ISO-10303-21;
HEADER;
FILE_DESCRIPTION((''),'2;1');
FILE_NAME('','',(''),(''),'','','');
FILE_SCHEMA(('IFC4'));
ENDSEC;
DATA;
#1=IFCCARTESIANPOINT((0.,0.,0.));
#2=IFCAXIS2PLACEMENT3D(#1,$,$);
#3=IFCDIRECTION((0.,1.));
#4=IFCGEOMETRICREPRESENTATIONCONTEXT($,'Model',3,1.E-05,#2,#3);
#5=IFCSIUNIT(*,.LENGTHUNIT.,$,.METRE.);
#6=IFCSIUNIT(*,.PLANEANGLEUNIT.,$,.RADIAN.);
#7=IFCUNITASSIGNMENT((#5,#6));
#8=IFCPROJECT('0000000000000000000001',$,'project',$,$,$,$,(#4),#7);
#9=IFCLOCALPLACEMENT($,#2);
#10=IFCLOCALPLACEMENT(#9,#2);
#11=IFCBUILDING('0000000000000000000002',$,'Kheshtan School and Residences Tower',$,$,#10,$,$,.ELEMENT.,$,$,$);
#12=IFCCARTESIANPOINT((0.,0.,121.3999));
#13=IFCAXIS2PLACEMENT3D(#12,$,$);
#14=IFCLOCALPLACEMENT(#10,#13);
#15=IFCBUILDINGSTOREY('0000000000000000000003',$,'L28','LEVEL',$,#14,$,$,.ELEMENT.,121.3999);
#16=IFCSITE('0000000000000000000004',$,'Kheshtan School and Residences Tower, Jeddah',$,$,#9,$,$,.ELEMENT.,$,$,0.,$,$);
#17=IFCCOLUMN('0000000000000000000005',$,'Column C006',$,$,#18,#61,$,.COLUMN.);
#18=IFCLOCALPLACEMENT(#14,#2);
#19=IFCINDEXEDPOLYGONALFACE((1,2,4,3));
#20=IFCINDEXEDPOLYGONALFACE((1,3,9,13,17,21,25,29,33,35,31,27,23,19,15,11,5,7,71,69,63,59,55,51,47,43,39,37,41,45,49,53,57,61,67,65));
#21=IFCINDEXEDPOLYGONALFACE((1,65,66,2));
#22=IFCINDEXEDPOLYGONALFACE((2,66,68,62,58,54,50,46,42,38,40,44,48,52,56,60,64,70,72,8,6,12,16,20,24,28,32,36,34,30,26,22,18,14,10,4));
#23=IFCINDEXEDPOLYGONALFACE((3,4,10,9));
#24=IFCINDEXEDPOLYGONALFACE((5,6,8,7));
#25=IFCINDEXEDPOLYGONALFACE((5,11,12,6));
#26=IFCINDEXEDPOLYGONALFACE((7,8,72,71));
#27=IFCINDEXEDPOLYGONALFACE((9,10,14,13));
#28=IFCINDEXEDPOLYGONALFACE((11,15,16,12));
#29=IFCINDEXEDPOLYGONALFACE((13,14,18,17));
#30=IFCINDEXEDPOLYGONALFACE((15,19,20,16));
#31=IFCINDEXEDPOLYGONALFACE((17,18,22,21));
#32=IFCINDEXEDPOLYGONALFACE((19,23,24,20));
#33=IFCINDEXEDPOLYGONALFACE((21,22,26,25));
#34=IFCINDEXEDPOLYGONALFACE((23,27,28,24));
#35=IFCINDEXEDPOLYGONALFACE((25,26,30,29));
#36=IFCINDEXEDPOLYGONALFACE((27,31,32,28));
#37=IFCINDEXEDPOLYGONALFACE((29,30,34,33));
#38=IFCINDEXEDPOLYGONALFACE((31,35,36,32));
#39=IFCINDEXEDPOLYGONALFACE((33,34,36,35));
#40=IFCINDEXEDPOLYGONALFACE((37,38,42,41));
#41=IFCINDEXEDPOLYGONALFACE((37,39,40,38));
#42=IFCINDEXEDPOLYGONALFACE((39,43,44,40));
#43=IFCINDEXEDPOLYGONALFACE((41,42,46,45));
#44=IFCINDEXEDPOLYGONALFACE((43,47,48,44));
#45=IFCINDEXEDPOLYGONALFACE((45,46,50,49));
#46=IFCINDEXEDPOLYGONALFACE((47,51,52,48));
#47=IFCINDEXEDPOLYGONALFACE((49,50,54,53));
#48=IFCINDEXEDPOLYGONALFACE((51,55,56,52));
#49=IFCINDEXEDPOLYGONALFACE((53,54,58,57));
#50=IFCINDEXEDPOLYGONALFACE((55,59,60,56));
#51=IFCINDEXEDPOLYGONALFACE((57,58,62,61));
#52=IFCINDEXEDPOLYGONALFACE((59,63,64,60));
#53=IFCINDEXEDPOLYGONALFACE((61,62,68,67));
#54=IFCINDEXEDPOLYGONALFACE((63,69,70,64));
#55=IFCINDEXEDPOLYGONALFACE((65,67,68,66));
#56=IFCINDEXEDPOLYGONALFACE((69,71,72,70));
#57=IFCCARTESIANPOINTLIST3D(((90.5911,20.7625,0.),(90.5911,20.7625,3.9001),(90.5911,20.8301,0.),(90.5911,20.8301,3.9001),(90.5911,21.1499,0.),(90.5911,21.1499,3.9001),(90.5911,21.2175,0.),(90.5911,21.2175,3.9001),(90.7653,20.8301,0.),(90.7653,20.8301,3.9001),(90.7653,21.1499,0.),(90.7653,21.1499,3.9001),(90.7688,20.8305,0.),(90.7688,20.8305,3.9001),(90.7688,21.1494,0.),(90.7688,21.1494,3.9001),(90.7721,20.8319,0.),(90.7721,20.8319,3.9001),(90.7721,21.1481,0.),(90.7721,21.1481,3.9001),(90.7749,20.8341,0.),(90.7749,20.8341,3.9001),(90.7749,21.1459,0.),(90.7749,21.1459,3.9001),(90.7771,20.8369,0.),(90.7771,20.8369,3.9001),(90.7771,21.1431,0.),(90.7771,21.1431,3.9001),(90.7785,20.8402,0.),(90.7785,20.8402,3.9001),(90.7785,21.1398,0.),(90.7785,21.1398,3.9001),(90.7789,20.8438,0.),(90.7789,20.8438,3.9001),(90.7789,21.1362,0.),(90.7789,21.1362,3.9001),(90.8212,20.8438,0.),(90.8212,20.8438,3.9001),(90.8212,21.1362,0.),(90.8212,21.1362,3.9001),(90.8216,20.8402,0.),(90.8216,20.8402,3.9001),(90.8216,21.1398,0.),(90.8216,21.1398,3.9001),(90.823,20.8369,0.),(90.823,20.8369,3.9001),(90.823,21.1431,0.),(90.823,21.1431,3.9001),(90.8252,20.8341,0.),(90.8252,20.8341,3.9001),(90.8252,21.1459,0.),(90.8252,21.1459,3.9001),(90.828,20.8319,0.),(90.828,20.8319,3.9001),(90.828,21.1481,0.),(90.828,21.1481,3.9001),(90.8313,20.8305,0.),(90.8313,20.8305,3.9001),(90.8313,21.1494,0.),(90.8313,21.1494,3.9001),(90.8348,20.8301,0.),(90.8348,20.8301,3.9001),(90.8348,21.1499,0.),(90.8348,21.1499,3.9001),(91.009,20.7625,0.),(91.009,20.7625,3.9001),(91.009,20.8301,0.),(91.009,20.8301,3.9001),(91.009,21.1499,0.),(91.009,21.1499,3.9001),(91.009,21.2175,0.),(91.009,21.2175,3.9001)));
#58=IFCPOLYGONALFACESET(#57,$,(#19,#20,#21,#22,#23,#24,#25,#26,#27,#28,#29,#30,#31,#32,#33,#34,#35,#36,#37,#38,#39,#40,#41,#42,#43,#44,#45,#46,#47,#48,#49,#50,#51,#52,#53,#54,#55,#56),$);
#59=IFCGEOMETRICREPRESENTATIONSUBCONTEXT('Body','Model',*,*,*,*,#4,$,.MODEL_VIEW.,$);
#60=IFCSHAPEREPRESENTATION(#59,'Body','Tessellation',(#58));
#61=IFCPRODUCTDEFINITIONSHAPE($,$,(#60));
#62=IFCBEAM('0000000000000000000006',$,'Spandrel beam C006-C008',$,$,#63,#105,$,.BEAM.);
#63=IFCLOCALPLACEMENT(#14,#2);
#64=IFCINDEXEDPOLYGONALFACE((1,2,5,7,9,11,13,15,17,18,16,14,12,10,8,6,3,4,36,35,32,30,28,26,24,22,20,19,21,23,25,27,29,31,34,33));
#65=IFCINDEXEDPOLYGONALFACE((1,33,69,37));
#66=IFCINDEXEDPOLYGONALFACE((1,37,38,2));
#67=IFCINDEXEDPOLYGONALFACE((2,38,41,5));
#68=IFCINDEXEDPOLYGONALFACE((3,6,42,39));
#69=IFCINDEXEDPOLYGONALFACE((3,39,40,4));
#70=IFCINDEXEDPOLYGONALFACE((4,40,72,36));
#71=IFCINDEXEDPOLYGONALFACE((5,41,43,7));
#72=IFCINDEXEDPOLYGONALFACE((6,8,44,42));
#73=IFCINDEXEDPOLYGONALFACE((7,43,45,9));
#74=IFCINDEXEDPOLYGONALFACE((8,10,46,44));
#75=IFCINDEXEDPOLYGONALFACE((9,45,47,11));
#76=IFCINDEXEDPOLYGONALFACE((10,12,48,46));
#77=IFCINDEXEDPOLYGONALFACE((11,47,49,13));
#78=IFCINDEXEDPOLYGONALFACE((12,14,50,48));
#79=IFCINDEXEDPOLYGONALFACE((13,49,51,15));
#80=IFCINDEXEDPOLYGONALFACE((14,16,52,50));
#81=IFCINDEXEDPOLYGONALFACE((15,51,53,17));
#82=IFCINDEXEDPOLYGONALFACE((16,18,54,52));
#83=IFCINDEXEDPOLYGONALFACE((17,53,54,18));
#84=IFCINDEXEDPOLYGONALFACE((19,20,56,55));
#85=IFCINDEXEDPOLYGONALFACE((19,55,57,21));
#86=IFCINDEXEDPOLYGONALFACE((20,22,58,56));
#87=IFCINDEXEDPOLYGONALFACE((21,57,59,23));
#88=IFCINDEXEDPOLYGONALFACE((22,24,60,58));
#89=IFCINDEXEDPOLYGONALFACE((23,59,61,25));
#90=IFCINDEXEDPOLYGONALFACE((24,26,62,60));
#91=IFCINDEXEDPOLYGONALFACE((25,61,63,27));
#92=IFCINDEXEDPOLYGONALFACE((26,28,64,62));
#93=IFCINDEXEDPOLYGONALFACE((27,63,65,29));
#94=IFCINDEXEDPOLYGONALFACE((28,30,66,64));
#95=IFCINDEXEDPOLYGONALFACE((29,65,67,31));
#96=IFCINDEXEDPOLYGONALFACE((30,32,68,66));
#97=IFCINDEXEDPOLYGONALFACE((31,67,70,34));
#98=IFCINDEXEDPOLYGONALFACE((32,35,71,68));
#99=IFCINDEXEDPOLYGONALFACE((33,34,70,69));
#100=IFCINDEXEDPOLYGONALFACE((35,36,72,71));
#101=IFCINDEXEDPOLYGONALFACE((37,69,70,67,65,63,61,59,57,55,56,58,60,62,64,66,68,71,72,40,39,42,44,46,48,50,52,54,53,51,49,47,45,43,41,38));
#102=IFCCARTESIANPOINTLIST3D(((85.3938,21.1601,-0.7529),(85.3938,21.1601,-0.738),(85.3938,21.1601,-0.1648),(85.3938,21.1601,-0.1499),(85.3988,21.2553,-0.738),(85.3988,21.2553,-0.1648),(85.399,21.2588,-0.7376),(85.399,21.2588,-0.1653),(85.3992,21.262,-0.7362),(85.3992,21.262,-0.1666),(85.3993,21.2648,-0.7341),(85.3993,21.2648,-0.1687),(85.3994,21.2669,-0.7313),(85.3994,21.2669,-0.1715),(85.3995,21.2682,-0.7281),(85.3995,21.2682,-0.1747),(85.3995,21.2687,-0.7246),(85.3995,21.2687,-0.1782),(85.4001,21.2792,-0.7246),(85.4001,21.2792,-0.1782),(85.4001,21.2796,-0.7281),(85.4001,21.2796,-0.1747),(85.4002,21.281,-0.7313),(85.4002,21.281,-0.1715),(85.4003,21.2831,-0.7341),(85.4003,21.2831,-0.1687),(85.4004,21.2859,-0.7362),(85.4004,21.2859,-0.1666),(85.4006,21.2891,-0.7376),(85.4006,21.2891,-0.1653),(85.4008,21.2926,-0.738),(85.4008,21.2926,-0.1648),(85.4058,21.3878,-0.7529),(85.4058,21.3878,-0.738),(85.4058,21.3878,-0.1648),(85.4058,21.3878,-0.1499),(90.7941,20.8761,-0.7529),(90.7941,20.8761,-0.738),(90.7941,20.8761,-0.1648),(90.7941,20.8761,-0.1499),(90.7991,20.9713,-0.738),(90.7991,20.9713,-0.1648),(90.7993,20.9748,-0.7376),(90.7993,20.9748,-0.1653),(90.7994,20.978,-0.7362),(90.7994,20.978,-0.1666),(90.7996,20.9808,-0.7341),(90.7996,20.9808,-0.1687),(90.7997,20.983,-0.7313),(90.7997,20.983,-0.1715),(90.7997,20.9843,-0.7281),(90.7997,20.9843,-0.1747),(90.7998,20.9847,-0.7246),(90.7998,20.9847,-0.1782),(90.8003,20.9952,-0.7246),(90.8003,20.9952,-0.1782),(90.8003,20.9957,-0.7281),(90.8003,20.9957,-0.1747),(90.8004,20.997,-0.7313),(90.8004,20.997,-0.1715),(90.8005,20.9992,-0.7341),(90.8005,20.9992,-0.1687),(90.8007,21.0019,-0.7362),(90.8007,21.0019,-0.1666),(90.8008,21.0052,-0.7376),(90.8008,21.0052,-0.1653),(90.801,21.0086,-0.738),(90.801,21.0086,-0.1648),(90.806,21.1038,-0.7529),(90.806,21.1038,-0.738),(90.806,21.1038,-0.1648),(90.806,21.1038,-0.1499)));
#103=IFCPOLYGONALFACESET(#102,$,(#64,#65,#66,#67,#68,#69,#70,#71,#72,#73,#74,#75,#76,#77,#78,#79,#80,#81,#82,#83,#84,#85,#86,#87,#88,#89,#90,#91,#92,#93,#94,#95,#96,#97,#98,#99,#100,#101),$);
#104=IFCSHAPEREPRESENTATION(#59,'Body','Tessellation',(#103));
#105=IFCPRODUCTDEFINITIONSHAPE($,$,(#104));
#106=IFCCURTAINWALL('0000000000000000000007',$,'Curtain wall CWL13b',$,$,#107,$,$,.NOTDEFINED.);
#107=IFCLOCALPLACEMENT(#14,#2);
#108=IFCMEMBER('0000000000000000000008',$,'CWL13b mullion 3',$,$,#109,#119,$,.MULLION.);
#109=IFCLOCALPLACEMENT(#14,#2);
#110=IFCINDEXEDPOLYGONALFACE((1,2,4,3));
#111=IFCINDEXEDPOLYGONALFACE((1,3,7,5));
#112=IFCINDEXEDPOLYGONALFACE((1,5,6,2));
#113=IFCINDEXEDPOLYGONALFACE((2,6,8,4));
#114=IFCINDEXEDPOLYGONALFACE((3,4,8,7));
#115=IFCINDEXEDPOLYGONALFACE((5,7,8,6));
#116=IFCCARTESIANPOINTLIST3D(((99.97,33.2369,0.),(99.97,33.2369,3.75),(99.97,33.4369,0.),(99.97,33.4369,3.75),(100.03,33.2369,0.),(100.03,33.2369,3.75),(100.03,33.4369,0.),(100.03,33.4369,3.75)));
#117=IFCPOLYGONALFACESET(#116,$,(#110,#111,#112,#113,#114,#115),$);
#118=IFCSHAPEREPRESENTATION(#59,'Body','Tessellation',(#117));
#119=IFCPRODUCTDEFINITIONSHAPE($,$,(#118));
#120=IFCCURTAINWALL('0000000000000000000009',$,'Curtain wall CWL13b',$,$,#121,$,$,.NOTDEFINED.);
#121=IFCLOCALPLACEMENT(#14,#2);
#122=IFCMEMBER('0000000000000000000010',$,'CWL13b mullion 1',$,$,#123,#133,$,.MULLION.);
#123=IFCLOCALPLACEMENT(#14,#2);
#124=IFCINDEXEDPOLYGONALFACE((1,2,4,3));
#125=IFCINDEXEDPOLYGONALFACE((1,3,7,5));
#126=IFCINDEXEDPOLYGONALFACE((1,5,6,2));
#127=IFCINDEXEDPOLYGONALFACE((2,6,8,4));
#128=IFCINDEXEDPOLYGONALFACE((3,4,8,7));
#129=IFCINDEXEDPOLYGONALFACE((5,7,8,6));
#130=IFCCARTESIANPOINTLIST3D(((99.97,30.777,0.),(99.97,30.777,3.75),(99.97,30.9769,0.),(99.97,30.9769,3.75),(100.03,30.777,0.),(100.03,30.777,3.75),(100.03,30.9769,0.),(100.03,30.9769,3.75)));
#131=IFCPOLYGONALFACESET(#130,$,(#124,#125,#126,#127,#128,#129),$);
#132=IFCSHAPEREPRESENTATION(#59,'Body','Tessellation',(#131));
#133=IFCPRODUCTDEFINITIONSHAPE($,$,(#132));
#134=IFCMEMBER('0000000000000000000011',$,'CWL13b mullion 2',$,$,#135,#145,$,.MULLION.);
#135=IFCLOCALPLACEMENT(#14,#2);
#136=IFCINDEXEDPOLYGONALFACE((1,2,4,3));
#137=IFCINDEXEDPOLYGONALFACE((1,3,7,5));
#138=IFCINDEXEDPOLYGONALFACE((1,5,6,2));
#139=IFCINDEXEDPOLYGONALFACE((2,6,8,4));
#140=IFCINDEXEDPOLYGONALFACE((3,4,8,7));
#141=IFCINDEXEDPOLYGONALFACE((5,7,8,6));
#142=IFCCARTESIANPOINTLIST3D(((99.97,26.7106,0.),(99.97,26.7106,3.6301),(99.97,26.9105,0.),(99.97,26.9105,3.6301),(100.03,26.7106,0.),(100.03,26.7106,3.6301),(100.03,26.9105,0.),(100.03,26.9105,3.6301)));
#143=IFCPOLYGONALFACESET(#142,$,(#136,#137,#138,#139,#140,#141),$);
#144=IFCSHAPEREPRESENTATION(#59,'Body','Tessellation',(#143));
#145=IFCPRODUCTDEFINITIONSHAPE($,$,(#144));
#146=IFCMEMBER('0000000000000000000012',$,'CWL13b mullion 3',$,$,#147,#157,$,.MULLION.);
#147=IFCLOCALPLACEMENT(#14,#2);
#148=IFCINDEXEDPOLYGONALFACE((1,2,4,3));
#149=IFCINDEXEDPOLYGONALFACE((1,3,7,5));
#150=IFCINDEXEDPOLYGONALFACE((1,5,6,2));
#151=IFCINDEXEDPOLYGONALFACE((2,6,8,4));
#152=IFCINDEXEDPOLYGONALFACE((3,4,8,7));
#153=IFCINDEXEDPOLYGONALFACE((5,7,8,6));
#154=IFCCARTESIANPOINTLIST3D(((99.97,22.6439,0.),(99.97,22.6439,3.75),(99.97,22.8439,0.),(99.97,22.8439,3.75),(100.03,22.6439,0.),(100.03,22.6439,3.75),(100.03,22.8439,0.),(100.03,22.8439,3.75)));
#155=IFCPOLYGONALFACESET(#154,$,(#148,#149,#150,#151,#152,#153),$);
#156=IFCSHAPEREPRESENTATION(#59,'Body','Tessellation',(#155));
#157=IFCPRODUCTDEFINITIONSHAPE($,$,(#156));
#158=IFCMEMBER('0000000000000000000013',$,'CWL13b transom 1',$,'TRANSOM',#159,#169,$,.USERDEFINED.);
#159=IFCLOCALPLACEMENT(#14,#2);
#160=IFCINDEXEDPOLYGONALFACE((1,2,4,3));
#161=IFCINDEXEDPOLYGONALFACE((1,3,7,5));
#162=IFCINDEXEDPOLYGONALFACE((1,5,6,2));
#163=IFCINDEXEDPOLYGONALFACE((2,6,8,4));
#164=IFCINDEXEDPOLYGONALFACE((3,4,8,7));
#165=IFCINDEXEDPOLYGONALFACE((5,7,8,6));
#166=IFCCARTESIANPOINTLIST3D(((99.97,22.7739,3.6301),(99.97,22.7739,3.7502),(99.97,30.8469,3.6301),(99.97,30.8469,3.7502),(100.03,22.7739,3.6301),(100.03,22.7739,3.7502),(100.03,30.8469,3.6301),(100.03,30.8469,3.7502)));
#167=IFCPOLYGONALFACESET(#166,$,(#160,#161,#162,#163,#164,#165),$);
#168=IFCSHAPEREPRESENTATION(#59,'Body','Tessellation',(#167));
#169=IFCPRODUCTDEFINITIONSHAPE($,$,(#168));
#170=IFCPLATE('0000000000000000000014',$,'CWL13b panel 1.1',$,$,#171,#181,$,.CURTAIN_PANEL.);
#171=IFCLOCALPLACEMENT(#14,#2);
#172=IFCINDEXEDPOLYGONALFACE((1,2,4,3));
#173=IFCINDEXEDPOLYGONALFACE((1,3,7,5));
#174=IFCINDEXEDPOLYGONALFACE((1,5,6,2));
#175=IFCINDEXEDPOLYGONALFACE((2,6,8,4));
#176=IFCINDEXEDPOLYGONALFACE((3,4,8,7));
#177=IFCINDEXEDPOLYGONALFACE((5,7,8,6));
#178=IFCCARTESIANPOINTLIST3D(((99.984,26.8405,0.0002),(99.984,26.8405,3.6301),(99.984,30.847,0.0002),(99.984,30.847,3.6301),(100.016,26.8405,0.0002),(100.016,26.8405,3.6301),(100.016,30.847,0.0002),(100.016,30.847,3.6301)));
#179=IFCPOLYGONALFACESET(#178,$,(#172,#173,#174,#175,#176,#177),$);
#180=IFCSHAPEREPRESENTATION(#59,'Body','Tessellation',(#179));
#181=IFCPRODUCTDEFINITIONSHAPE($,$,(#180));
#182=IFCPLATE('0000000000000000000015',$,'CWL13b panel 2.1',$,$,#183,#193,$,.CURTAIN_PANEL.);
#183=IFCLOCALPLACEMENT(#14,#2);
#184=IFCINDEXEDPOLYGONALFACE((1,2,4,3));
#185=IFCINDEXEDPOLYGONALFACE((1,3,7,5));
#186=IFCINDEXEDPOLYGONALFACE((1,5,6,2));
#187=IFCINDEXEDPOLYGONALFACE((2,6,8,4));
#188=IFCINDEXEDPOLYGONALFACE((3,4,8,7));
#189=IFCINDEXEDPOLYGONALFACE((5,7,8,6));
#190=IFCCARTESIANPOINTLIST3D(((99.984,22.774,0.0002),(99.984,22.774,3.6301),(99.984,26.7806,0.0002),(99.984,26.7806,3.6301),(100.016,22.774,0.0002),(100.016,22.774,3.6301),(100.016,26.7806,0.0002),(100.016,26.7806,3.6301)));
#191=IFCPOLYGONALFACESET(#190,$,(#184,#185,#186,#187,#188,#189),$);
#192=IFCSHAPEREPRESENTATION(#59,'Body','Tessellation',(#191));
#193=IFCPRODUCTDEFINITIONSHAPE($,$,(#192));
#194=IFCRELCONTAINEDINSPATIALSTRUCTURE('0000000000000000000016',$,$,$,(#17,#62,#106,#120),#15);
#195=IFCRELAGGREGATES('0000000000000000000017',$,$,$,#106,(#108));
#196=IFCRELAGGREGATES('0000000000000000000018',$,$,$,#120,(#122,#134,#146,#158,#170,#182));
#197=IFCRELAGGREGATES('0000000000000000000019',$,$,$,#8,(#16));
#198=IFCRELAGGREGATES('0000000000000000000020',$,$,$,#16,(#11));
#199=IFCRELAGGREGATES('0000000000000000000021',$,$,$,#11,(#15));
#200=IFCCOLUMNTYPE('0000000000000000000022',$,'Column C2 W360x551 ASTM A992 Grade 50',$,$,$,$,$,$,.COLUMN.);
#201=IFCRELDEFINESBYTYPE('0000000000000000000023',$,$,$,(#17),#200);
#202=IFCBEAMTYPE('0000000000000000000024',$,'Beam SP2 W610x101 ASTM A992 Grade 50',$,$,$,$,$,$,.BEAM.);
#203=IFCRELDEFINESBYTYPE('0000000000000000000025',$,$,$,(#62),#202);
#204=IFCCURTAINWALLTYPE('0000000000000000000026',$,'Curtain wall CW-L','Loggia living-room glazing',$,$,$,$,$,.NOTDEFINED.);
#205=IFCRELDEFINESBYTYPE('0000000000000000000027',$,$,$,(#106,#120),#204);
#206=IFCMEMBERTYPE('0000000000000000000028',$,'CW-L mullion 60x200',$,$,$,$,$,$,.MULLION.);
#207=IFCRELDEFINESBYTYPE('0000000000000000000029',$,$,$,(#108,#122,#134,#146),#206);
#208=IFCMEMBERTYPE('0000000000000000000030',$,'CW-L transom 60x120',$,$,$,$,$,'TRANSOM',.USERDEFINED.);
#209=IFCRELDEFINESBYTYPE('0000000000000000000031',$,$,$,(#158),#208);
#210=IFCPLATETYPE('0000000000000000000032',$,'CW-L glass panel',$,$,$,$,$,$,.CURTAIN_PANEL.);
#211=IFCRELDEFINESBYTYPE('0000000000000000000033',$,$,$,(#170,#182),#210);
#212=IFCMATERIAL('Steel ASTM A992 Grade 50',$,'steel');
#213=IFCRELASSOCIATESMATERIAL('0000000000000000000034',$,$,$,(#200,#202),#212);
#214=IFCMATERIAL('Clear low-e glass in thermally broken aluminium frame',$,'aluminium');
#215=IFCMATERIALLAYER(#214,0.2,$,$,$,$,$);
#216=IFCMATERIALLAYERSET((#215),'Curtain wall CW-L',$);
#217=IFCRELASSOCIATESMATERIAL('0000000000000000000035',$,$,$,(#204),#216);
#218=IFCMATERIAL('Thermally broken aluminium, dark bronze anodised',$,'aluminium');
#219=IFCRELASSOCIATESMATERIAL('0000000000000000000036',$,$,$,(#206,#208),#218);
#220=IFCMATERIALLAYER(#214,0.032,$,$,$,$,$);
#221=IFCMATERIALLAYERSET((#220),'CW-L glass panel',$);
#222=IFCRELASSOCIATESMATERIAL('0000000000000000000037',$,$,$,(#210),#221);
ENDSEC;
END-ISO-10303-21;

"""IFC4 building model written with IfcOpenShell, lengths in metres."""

from ifc_helpers import new_model, si_unit, direction, frame, origin, origin_2d, place, context, subcontext, project, spatial, rectangle, i_section, extrude, material, layer, layer_set, material_profile, profile_set, type_object, element, aggregate, save


model = new_model("IFC4")

# Units and contexts
model_context = context("Model", 3, precision=1e-05, world=origin(), true_north=direction((0.0, 1.0)))
body_context = subcontext(model_context, "Body", "Model", "MODEL_VIEW")
ifc_project = project(units=[si_unit("LENGTHUNIT", "METRE"), si_unit("PLANEANGLEUNIT", "RADIAN")], contexts=[model_context])

# Site, building, storey
site_placement = place(None, origin())
site = spatial("IfcSite", under=ifc_project, at=site_placement, Name="Kheshtan School and Residences Tower, Jeddah", CompositionType="ELEMENT", RefElevation=0.0)
building_placement = place(site_placement, origin())
building = spatial("IfcBuilding", under=site, at=building_placement, Name="Kheshtan School and Residences Tower", CompositionType="ELEMENT")
storey_placement = place(building_placement, frame((0.0, 0.0, 121.3999)))
storey = spatial("IfcBuildingStorey", under=building, at=storey_placement, Name="L28", Description="LEVEL", CompositionType="ELEMENT", Elevation=121.3999)

# Column
ifc_material_1 = material(Name="Steel ASTM A992 Grade 50", Category="steel")
ifc_material_profile_1 = material_profile(ifc_material_1, i_section(OverallWidth=0.418, OverallDepth=0.4551, WebThickness=0.0422, FlangeThickness=0.0676, FilletRadius=0.0137, at=origin_2d()), Name="W360x551")
ifc_profile_set_1 = profile_set([ifc_material_profile_1], Name="Steel ASTM A992 Grade 50")
column_type = type_object("IfcColumnType", Name="Column C2 W360x551 ASTM A992 Grade 50", PredefinedType="COLUMN", material=ifc_profile_set_1)
column_placement = place(storey_placement, frame((90.8, 20.99, 0.0), z_axis=(0.0, 0.0, 1.0), x_axis=(1.0, 0.0, 0.0)))
element("IfcColumn", 1, at=column_placement, inside=storey, type_object=column_type, Name="Column C006", PredefinedType="COLUMN", context=body_context, shape_type="SweptSolid", body=[
    extrude(i_section(OverallWidth=0.418, OverallDepth=0.4551, WebThickness=0.0422, FlangeThickness=0.0676, FilletRadius=0.0137, at=origin_2d()), origin(), (0.0, 0.0, 1.0), 3.9001),
])

# Beam
ifc_material_profile_2 = material_profile(ifc_material_1, i_section(OverallWidth=0.228, OverallDepth=0.603, WebThickness=0.0105, FlangeThickness=0.0149, FilletRadius=0.0134, at=origin_2d()), Name="W610x101")
ifc_profile_set_2 = profile_set([ifc_material_profile_2], Name="Steel ASTM A992 Grade 50")
beam_type = type_object("IfcBeamType", Name="Beam SP2 W610x101 ASTM A992 Grade 50", PredefinedType="BEAM", material=ifc_profile_set_2)
beam_placement = place(storey_placement, frame((90.8, 20.99, -0.4514), z_axis=(-0.998621, 0.052507, 0.0), x_axis=(-0.052507, -0.998621, 0.0)))
element("IfcBeam", 2, at=beam_placement, inside=storey, type_object=beam_type, Name="Spandrel beam C006-C008", PredefinedType="BEAM", context=body_context, shape_type="SweptSolid", body=[
    extrude(i_section(OverallWidth=0.228, OverallDepth=0.603, WebThickness=0.0105, FlangeThickness=0.0149, FilletRadius=0.0134, at=origin_2d()), origin(), (0.0, 0.0, 1.0), 5.4077),
])

# Curtain wall, member
ifc_material_2 = material(Name="Clear low-e glass in thermally broken aluminium frame", Category="aluminium")
ifc_layer_1 = layer(ifc_material_2, 0.2)
ifc_layer_set_1 = layer_set([ifc_layer_1], Name="Curtain wall CW-L")
curtain_wall_type = type_object("IfcCurtainWallType", Name="Curtain wall CW-L", Description="Loggia living-room glazing", PredefinedType="NOTDEFINED", material=ifc_layer_set_1)
curtain_wall_1_placement = place(storey_placement, origin())
curtain_wall_1 = element("IfcCurtainWall", 3, at=curtain_wall_1_placement, inside=storey, type_object=curtain_wall_type, Name="Curtain wall CWL13b", PredefinedType="NOTDEFINED")
ifc_material_3 = material(Name="Thermally broken aluminium, dark bronze anodised", Category="aluminium")
ifc_material_profile_3 = material_profile(ifc_material_3, rectangle(XDim=0.0601, YDim=0.2, at=origin_2d()), Name="CW-L mullion 60x200")
ifc_profile_set_3 = profile_set([ifc_material_profile_3], Name="Thermally broken aluminium, dark bronze anodised")
member_type_1 = type_object("IfcMemberType", Name="CW-L mullion 60x200", PredefinedType="MULLION", material=ifc_profile_set_3)
member_1_placement = place(storey_placement, frame((100.0, 33.3369, 0.0), z_axis=(0.0, 0.0, 1.0), x_axis=(1.0, 0.0, 0.0)))
member_1 = element("IfcMember", 4, at=member_1_placement, type_object=member_type_1, Name="CWL13b mullion 3", PredefinedType="MULLION", context=body_context, shape_type="SweptSolid", body=[
    extrude(rectangle(XDim=0.0601, YDim=0.2, at=origin_2d()), origin(), (0.0, 0.0, 1.0), 3.75),
])
aggregate(curtain_wall_1, [member_1])

# Curtain wall, members, plates
curtain_wall_2_placement = place(storey_placement, origin())
curtain_wall_2 = element("IfcCurtainWall", 5, at=curtain_wall_2_placement, inside=storey, type_object=curtain_wall_type, Name="Curtain wall CWL13b", PredefinedType="NOTDEFINED")
member_2_placement = place(storey_placement, frame((100.0, 30.877, 0.0), z_axis=(0.0, 0.0, 1.0), x_axis=(1.0, 0.0, 0.0)))
member_2 = element("IfcMember", 6, at=member_2_placement, type_object=member_type_1, Name="CWL13b mullion 1", PredefinedType="MULLION", context=body_context, shape_type="SweptSolid", body=[
    extrude(rectangle(XDim=0.0601, YDim=0.2, at=origin_2d()), origin(), (0.0, 0.0, 1.0), 3.75),
])
member_3_placement = place(storey_placement, frame((100.0, 26.8105, 0.0), z_axis=(0.0, 0.0, 1.0), x_axis=(1.0, 0.0, 0.0)))
member_3 = element("IfcMember", 7, at=member_3_placement, type_object=member_type_1, Name="CWL13b mullion 2", PredefinedType="MULLION", context=body_context, shape_type="SweptSolid", body=[
    extrude(rectangle(XDim=0.0601, YDim=0.2, at=origin_2d()), origin(), (0.0, 0.0, 1.0), 3.6301),
])
member_4_placement = place(storey_placement, frame((100.0, 22.7439, 0.0), z_axis=(0.0, 0.0, 1.0), x_axis=(1.0, 0.0, 0.0)))
member_4 = element("IfcMember", 8, at=member_4_placement, type_object=member_type_1, Name="CWL13b mullion 3", PredefinedType="MULLION", context=body_context, shape_type="SweptSolid", body=[
    extrude(rectangle(XDim=0.0601, YDim=0.2, at=origin_2d()), origin(), (0.0, 0.0, 1.0), 3.75),
])
ifc_material_profile_4 = material_profile(ifc_material_3, rectangle(XDim=0.0601, YDim=0.1201, at=origin_2d()), Name="CW-L transom 60x120")
ifc_profile_set_4 = profile_set([ifc_material_profile_4], Name="Thermally broken aluminium, dark bronze anodised")
member_type_2 = type_object("IfcMemberType", Name="CW-L transom 60x120", ElementType="TRANSOM", PredefinedType="USERDEFINED", material=ifc_profile_set_4)
member_5_placement = place(storey_placement, frame((100.0, 30.8469, 3.6902), z_axis=(0.0, -1.0, 0.0), x_axis=(1.0, 0.0, 0.0)))
member_5 = element("IfcMember", 9, at=member_5_placement, type_object=member_type_2, Name="CWL13b transom 1", ObjectType="TRANSOM", PredefinedType="USERDEFINED", context=body_context, shape_type="SweptSolid", body=[
    extrude(rectangle(XDim=0.0601, YDim=0.1201, at=origin_2d()), origin(), (0.0, 0.0, 1.0), 8.073),
])
ifc_layer_2 = layer(ifc_material_2, 0.032)
ifc_layer_set_2 = layer_set([ifc_layer_2], Name="CW-L glass panel")
plate_type = type_object("IfcPlateType", Name="CW-L glass panel", PredefinedType="CURTAIN_PANEL", material=ifc_layer_set_2)
plate_1_placement = place(storey_placement, frame((100.0, 28.8438, 0.0002), z_axis=(0.0, 0.0, 1.0), x_axis=(0.0, -1.0, 0.0)))
plate_1 = element("IfcPlate", 10, at=plate_1_placement, type_object=plate_type, Name="CWL13b panel 1.1", PredefinedType="CURTAIN_PANEL", context=body_context, shape_type="SweptSolid", body=[
    extrude(rectangle(XDim=4.0066, YDim=0.032, at=origin_2d()), origin(), (0.0, 0.0, 1.0), 3.6299),
])
plate_2_placement = place(storey_placement, frame((100.0, 24.7773, 0.0002), z_axis=(0.0, 0.0, 1.0), x_axis=(0.0, -1.0, 0.0)))
plate_2 = element("IfcPlate", 11, at=plate_2_placement, type_object=plate_type, Name="CWL13b panel 2.1", PredefinedType="CURTAIN_PANEL", context=body_context, shape_type="SweptSolid", body=[
    extrude(rectangle(XDim=4.0066, YDim=0.032, at=origin_2d()), origin(), (0.0, 0.0, 1.0), 3.6299),
])
aggregate(curtain_wall_2, [member_2, member_3, member_4, member_5, plate_1, plate_2])

save(model, "model.ifc")
